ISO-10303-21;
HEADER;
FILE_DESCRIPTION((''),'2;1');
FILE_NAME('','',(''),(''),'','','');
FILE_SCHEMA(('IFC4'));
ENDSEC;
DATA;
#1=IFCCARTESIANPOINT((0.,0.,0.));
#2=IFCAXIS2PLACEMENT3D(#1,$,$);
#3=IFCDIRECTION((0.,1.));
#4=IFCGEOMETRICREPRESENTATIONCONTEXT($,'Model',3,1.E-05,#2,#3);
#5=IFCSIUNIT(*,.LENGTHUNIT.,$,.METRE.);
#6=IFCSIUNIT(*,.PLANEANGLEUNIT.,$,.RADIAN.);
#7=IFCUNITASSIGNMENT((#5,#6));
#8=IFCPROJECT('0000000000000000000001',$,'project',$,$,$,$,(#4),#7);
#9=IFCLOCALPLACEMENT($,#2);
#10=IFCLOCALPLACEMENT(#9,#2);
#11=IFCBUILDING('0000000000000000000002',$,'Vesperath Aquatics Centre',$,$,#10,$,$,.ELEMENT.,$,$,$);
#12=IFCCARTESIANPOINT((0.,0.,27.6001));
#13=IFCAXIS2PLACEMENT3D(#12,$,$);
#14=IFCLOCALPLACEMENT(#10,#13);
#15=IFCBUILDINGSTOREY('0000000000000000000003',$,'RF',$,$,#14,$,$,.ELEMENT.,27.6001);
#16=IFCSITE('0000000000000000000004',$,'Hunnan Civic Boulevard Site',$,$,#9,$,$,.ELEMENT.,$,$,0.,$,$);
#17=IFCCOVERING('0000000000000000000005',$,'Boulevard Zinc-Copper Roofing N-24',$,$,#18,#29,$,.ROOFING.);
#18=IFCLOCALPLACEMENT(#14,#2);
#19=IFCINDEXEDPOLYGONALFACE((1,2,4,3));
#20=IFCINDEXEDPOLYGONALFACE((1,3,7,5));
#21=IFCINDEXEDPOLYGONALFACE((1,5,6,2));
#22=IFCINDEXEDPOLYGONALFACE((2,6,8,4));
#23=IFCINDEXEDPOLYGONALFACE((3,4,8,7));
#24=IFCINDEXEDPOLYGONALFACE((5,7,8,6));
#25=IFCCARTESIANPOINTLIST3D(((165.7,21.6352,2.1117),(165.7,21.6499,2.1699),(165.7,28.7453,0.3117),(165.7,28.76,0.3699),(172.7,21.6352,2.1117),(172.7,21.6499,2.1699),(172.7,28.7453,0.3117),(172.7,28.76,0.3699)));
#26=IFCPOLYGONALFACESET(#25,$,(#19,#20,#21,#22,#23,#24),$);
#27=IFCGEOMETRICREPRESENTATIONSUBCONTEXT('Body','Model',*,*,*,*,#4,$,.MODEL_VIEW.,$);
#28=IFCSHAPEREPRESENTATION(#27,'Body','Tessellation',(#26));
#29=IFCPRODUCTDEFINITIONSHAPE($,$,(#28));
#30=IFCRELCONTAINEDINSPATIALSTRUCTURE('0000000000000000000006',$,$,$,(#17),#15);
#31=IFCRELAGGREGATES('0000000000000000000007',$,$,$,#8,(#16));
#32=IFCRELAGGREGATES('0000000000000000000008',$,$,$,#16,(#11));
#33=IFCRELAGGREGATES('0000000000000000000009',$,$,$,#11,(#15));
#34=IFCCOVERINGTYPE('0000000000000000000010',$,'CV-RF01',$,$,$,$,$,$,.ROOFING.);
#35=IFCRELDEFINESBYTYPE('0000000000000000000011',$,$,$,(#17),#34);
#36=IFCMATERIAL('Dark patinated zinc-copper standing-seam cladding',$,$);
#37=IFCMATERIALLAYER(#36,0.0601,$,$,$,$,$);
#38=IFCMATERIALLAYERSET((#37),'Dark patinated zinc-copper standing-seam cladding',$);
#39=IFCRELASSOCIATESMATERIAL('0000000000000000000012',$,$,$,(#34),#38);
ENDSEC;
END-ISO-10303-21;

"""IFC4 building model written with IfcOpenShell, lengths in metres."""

from ifc_helpers import new_model, si_unit, direction, frame, origin, place, context, subcontext, project, spatial, polyline, outline, extrude, material, layer, layer_set, type_object, element, save


model = new_model("IFC4")

# Units and contexts
model_context = context("Model", 3, precision=1e-05, world=origin(), true_north=direction((0.0, 1.0)))
body_context = subcontext(model_context, "Body", "Model", "MODEL_VIEW")
ifc_project = project(units=[si_unit("LENGTHUNIT", "METRE"), si_unit("PLANEANGLEUNIT", "RADIAN")], contexts=[model_context])

# Site, building, storey
site_placement = place(None, origin())
site = spatial("IfcSite", under=ifc_project, at=site_placement, Name="Hunnan Civic Boulevard Site", CompositionType="ELEMENT", RefElevation=0.0)
building_placement = place(site_placement, origin())
building = spatial("IfcBuilding", under=site, at=building_placement, Name="Vesperath Aquatics Centre", CompositionType="ELEMENT")
storey_placement = place(building_placement, frame((0.0, 0.0, 27.6001)))
storey = spatial("IfcBuildingStorey", under=building, at=storey_placement, Name="RF", CompositionType="ELEMENT", Elevation=27.6001)

# Covering
ifc_material_1 = material(Name="Dark patinated zinc-copper standing-seam cladding")
ifc_layer_1 = layer(ifc_material_1, 0.0601)
ifc_layer_set_1 = layer_set([ifc_layer_1], Name="Dark patinated zinc-copper standing-seam cladding")
covering_type = type_object("IfcCoveringType", Name="CV-RF01", PredefinedType="ROOFING", material=ifc_layer_set_1)
for number, where, z_axis, x_axis, name in (
    (1, (165.7, 21.6499, 2.1699), (0.0, 0.245425, 0.969416), (1.0, 0.0, 0.0), "Boulevard Zinc-Copper Roofing N-24"),
):
    element("IfcCovering", number, at=place(storey_placement, frame(where, z_axis=z_axis, x_axis=x_axis)), inside=storey, type_object=covering_type, Name=name, PredefinedType="ROOFING", context=body_context, shape_type="SweptSolid", body=[
        extrude(outline(polyline([(0.0, 0.0), (7.0, 0.0), (7.0, 7.3344), (0.0, 7.3344), (0.0, 0.0)])), origin(), (0.0, 0.0, -1.0), 0.0601),
    ])

save(model, "model.ifc")
